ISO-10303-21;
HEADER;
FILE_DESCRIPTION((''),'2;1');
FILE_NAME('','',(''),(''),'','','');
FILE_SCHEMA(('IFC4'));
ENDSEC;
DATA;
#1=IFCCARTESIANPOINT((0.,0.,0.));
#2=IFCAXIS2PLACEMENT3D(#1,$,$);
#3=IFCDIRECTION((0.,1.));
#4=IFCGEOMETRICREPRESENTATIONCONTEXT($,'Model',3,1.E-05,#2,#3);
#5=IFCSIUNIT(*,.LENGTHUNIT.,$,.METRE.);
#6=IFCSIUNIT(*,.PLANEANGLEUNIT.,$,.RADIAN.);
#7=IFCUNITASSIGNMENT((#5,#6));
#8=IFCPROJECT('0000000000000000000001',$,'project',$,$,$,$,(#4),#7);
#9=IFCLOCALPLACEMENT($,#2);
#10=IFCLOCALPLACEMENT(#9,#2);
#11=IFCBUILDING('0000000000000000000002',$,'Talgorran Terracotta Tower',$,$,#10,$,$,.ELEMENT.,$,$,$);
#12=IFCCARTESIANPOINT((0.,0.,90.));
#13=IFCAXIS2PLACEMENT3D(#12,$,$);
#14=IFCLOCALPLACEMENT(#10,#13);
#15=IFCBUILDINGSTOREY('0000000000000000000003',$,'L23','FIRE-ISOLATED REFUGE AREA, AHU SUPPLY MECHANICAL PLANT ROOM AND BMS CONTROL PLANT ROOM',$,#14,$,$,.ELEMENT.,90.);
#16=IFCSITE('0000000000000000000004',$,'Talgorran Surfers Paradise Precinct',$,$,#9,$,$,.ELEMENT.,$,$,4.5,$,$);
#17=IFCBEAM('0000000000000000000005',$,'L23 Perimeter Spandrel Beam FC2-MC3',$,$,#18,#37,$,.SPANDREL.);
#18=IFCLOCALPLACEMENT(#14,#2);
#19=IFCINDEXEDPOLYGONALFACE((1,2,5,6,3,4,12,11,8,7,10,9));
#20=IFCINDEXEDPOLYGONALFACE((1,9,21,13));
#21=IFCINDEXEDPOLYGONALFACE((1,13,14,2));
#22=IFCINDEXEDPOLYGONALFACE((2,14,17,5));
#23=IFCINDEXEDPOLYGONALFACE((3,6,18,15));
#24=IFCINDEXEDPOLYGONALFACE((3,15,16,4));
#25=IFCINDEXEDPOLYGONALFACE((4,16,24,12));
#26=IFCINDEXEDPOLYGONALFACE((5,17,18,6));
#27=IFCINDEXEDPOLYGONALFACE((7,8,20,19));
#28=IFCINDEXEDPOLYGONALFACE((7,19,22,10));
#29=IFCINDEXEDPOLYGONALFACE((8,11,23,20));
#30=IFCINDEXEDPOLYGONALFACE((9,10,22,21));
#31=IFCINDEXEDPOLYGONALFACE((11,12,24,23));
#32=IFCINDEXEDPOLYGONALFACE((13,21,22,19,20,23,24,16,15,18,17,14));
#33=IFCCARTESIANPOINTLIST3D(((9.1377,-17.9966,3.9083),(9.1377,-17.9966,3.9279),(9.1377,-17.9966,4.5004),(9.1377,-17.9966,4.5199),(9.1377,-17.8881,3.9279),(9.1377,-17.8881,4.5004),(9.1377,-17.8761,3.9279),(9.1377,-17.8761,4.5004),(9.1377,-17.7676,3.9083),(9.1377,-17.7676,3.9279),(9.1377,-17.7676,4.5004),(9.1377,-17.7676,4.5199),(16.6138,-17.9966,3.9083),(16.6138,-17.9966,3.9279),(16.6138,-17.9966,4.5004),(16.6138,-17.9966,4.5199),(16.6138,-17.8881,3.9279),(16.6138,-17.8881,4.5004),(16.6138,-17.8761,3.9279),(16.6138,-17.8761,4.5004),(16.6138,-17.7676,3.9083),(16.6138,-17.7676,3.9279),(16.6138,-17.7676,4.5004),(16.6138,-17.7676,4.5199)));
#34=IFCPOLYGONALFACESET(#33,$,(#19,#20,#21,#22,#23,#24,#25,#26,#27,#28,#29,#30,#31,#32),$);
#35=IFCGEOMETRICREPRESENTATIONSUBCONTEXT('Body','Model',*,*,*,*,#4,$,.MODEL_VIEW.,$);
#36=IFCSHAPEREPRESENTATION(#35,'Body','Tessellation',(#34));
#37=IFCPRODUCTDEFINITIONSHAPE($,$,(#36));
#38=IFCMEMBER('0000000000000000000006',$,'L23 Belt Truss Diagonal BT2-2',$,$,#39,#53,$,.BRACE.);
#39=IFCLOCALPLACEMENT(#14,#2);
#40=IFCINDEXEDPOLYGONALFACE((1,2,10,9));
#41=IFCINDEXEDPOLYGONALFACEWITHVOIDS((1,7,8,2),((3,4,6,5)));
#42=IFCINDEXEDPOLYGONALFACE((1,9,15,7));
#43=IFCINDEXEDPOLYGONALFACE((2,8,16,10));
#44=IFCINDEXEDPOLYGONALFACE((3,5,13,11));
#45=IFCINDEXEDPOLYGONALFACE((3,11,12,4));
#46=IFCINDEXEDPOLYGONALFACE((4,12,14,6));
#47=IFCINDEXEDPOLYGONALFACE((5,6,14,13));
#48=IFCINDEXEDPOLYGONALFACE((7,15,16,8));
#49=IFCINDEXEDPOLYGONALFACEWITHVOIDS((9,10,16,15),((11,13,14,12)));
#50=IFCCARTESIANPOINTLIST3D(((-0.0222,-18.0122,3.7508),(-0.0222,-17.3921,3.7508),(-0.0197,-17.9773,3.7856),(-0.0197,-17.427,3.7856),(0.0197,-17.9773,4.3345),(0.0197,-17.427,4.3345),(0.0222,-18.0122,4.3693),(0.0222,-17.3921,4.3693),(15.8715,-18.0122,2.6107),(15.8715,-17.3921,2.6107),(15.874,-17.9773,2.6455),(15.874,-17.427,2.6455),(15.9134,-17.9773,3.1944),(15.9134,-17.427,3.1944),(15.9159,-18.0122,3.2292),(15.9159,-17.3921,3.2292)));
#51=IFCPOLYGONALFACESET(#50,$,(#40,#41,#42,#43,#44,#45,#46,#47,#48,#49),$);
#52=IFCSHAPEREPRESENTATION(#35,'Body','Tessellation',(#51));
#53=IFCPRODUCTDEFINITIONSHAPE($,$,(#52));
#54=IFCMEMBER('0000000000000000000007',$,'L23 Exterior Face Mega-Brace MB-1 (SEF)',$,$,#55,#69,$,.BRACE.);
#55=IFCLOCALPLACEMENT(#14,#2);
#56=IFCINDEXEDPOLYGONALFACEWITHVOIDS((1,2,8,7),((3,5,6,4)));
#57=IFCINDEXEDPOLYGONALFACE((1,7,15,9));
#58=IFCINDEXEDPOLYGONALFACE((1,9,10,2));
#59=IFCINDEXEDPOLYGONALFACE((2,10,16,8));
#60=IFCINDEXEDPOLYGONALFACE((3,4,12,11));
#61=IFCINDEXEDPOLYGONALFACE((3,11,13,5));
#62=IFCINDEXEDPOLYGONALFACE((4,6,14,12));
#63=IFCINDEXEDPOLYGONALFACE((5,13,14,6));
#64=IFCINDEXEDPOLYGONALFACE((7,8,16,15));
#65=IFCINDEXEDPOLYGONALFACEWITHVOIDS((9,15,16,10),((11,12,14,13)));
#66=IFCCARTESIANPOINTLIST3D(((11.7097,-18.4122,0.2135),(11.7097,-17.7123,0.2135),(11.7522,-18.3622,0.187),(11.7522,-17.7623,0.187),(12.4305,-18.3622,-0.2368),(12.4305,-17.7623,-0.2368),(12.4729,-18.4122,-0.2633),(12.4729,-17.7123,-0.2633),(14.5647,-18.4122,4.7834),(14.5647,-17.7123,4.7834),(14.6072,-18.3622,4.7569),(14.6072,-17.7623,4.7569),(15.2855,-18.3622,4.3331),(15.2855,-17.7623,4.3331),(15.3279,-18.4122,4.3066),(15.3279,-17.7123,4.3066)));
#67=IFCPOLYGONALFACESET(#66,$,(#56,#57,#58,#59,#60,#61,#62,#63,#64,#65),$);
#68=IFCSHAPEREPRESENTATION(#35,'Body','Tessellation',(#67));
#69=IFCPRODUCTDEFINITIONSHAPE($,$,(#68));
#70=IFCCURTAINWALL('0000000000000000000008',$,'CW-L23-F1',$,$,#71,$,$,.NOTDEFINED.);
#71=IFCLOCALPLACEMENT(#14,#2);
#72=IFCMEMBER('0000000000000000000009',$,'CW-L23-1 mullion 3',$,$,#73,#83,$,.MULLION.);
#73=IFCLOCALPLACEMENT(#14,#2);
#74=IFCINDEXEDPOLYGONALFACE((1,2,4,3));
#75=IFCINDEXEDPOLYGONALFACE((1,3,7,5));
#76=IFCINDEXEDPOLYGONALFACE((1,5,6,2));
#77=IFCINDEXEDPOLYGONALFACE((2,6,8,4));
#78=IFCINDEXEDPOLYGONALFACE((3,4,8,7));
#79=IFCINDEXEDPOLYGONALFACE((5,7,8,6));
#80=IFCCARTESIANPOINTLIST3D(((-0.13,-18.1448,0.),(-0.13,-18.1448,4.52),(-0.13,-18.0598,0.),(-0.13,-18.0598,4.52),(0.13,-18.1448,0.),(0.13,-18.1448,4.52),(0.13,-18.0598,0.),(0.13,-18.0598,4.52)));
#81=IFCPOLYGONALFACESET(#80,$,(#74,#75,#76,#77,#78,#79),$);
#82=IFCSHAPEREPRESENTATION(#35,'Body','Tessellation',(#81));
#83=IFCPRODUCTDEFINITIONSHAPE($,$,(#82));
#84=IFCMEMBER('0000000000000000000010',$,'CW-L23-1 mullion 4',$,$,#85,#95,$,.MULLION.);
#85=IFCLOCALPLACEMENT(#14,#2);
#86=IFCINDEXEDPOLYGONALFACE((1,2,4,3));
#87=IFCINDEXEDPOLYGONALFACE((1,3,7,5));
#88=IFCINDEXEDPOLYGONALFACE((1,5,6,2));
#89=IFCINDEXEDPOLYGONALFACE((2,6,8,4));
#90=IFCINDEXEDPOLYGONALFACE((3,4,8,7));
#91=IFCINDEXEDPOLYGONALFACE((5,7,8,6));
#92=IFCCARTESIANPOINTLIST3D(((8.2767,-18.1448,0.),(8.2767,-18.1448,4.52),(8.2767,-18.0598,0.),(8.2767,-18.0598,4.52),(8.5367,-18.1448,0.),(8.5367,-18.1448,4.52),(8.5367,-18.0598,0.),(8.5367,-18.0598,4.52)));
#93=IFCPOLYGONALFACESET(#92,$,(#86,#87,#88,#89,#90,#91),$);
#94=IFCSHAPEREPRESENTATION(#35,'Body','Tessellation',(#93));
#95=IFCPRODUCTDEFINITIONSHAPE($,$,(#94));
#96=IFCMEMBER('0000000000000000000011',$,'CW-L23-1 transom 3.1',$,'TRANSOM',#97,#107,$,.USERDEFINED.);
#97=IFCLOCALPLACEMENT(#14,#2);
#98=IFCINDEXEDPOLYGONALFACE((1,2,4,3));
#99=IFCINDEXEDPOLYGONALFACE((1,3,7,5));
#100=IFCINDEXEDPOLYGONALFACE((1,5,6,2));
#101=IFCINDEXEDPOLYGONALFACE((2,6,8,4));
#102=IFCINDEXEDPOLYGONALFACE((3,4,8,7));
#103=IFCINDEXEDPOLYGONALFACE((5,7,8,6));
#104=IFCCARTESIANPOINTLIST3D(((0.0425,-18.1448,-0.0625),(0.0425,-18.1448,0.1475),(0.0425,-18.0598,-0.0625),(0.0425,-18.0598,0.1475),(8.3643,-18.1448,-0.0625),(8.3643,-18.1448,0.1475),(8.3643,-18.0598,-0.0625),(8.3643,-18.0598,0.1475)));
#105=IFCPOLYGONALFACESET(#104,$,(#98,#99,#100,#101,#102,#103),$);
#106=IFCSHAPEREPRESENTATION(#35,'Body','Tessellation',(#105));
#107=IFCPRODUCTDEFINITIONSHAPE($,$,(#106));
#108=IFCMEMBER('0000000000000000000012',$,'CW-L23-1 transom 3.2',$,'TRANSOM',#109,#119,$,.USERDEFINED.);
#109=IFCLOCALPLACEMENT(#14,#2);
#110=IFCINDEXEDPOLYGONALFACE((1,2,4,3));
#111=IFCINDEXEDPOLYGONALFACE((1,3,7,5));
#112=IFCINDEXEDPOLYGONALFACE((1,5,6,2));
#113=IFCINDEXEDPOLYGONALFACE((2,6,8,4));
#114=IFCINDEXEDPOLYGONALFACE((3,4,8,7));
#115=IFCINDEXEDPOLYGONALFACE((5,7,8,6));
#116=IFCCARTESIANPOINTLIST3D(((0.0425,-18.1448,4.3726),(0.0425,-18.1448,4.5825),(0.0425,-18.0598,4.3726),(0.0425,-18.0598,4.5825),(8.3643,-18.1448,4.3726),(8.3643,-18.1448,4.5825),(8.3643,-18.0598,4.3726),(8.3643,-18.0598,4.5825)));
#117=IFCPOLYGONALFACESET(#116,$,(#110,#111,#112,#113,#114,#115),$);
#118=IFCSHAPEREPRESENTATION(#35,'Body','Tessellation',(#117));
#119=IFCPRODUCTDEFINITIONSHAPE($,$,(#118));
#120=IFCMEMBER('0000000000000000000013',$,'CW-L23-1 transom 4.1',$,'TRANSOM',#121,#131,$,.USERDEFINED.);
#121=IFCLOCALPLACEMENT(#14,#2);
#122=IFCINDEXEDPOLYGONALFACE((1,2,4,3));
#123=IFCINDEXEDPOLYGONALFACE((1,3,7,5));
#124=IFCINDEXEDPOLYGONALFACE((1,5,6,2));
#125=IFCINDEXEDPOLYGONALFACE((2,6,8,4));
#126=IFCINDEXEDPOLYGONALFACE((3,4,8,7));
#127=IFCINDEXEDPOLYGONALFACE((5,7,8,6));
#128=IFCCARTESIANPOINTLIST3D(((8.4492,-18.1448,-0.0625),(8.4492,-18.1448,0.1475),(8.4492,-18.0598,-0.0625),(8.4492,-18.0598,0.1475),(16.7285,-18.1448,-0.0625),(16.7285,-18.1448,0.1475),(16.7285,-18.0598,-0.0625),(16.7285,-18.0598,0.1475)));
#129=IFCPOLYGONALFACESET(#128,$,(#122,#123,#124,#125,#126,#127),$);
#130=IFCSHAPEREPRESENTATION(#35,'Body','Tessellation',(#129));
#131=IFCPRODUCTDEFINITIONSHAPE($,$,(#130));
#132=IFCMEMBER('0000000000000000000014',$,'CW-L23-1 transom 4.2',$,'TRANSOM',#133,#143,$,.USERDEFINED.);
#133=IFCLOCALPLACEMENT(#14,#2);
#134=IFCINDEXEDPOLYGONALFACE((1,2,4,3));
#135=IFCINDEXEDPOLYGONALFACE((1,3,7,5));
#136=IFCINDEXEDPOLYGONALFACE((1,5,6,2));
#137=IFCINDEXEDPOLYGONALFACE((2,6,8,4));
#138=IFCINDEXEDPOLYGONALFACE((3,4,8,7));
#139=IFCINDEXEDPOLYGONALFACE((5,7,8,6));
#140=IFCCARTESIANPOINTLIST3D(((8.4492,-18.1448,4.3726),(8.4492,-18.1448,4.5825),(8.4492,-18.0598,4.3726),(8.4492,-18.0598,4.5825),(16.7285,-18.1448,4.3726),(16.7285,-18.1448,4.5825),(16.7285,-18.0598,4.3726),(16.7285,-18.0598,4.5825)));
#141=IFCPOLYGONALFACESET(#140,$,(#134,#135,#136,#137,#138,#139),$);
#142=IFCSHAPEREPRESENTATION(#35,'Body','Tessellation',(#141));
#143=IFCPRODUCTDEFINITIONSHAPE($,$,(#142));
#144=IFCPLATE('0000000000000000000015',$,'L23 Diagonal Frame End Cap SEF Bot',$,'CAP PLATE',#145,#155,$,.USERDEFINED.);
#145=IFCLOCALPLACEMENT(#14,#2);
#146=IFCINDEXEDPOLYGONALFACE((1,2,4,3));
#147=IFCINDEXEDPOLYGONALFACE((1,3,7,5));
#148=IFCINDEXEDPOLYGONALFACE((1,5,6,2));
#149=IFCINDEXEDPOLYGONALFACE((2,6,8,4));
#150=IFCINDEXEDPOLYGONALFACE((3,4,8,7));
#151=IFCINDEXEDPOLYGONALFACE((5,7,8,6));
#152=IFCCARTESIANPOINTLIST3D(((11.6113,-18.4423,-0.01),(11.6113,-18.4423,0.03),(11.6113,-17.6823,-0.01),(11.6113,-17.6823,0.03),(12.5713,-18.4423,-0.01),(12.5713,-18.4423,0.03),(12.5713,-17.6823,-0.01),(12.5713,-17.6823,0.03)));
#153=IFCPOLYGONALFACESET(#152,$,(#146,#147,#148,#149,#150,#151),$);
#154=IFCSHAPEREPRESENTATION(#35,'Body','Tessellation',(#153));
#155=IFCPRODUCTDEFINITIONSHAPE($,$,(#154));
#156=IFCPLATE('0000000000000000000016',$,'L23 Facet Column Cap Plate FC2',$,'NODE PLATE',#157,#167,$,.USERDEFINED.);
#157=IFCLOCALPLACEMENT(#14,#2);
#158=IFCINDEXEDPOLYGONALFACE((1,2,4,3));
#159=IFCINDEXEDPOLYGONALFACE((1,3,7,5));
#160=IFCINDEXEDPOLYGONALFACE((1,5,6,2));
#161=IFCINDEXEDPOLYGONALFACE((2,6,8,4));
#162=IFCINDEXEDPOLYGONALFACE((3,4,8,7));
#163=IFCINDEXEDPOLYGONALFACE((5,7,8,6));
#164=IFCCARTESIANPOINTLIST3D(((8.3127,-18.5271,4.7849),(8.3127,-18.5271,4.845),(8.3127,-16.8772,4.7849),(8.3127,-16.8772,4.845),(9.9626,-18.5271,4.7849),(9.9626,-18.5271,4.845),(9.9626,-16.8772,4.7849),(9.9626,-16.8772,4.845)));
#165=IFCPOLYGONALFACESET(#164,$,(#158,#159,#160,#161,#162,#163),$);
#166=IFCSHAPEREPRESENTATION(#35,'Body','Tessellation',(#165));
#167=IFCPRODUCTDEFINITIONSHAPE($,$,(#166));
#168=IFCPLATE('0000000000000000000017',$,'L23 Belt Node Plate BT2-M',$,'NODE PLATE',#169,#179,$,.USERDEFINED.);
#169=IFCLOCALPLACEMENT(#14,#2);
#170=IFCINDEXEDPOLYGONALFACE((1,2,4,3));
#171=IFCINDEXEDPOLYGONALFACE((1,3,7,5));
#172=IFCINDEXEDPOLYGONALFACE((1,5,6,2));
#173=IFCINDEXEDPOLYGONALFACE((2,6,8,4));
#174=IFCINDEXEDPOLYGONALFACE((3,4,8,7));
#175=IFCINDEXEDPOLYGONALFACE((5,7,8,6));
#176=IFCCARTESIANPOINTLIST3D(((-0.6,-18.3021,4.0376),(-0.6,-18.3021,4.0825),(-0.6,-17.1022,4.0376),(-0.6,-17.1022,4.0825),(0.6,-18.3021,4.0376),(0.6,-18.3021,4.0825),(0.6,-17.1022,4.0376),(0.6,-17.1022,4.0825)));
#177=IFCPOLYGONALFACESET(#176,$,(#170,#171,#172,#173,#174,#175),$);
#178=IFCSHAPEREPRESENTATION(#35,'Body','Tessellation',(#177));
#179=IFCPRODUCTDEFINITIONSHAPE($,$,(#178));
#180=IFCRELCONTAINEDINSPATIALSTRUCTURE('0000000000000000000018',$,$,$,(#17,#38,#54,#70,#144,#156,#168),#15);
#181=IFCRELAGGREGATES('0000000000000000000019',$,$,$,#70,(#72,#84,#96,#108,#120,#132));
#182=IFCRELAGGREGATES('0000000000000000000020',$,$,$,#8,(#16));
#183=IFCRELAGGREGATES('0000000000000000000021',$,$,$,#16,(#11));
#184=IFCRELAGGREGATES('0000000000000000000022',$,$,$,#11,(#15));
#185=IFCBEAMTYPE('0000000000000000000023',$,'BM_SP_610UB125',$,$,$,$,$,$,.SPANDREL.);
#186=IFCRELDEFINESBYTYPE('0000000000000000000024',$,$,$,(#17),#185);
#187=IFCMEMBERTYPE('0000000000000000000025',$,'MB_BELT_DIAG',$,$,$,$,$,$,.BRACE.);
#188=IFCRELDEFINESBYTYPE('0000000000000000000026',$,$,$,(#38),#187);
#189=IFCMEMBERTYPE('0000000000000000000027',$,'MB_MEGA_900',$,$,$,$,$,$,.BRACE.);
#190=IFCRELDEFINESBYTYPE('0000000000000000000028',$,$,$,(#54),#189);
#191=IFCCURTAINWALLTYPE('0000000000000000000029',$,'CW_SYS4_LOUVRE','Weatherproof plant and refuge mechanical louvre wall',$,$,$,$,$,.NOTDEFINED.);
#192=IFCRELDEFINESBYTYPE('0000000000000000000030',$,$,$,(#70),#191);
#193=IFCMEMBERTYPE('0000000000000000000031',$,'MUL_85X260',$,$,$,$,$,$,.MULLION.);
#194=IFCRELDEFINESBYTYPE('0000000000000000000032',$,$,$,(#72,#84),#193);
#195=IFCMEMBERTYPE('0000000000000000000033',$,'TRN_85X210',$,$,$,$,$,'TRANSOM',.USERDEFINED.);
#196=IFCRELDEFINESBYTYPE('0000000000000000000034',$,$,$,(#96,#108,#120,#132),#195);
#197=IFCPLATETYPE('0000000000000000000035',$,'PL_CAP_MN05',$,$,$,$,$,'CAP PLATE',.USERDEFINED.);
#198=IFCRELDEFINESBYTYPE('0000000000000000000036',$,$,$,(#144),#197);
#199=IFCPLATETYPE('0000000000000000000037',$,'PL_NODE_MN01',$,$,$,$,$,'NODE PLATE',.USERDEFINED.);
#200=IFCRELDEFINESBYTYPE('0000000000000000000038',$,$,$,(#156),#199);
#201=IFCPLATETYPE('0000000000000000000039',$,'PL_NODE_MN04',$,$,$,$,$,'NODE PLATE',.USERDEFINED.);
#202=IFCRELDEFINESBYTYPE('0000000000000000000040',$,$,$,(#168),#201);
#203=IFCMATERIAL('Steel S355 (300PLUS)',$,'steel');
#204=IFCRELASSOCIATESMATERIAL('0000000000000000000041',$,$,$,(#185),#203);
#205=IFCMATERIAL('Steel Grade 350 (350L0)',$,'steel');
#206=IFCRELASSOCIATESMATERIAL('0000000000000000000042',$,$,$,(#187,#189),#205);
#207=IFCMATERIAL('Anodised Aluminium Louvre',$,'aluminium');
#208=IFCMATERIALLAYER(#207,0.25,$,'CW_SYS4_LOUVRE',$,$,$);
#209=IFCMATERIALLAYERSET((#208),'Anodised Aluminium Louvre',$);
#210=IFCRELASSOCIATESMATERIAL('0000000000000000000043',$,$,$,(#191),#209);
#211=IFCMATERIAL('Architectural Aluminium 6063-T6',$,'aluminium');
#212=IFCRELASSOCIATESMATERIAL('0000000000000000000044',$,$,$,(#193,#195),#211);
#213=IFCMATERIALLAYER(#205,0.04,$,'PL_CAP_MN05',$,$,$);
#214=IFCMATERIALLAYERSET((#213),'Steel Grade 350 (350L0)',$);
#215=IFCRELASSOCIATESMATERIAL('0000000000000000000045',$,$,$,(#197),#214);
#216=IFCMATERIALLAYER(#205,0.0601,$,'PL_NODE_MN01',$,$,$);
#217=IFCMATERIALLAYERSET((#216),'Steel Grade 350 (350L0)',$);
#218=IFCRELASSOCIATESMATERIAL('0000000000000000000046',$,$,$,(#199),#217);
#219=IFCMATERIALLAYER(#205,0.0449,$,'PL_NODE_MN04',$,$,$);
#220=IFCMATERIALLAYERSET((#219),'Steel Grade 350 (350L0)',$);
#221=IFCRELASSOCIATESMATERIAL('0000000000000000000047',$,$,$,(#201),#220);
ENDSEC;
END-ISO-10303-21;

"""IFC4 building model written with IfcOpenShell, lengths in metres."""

from ifc_helpers import new_model, si_unit, direction, frame, origin, origin_2d, place, context, subcontext, project, spatial, rectangle, hollow_rectangle, i_section, extrude, material, layer, layer_set, material_profile, profile_set, type_object, element, aggregate, save


model = new_model("IFC4")

# Units and contexts
model_context = context("Model", 3, precision=1e-05, world=origin(), true_north=direction((0.0, 1.0)))
body_context = subcontext(model_context, "Body", "Model", "MODEL_VIEW")
ifc_project = project(units=[si_unit("LENGTHUNIT", "METRE"), si_unit("PLANEANGLEUNIT", "RADIAN")], contexts=[model_context])

# Site, building, storey
site_placement = place(None, origin())
site = spatial("IfcSite", under=ifc_project, at=site_placement, Name="Talgorran Surfers Paradise Precinct", CompositionType="ELEMENT", RefElevation=4.5)
building_placement = place(site_placement, origin())
building = spatial("IfcBuilding", under=site, at=building_placement, Name="Talgorran Terracotta Tower", CompositionType="ELEMENT")
storey_placement = place(building_placement, frame((0.0, 0.0, 90.0)))
storey = spatial("IfcBuildingStorey", under=building, at=storey_placement, Name="L23", Description="FIRE-ISOLATED REFUGE AREA, AHU SUPPLY MECHANICAL PLANT ROOM AND BMS CONTROL PLANT ROOM", CompositionType="ELEMENT", Elevation=90.0)

# Shared definitions
ifc_material_1 = material(Name="Steel S355 (300PLUS)", Category="steel")
ifc_material_2 = material(Name="Steel Grade 350 (350L0)", Category="steel")

# Beam
ifc_material_profile_1 = material_profile(ifc_material_1, i_section(OverallWidth=0.229, OverallDepth=0.6116, WebThickness=0.012, FlangeThickness=0.0195, at=origin_2d()), Name="610UB125")
ifc_profile_set_1 = profile_set([ifc_material_profile_1], Name="Steel S355 (300PLUS)")
beam_type_1 = type_object("IfcBeamType", Name="BM_SP_610UB125", PredefinedType="SPANDREL", material=ifc_profile_set_1)
beam_1_placement = place(storey_placement, frame((9.1377, -17.8821, 4.2141), z_axis=(1.0, 0.0, 0.0), x_axis=(0.0, 1.0, 0.0)))
element("IfcBeam", 1, at=beam_1_placement, inside=storey, type_object=beam_type_1, Name="L23 Perimeter Spandrel Beam FC2-MC3", PredefinedType="SPANDREL", context=body_context, shape_type="SweptSolid", body=[
    extrude(i_section(OverallWidth=0.229, OverallDepth=0.6116, WebThickness=0.012, FlangeThickness=0.0195, at=origin_2d()), origin(), (0.0, 0.0, 1.0), 7.4761),
])

# Members
ifc_material_profile_2 = material_profile(ifc_material_2, hollow_rectangle(XDim=0.6201, YDim=0.6201, WallThickness=0.0349, at=origin_2d()), Name="WBOX620X620X35")
ifc_profile_set_2 = profile_set([ifc_material_profile_2], Name="Steel Grade 350 (350L0)")
member_type_1 = type_object("IfcMemberType", Name="MB_BELT_DIAG", PredefinedType="BRACE", material=ifc_profile_set_2)
member_1_placement = place(storey_placement, frame((0.0, -17.7021, 4.0601), z_axis=(0.997437, 0.0, -0.071551), x_axis=(0.0, 1.0, 0.0)))
element("IfcMember", 2, at=member_1_placement, inside=storey, type_object=member_type_1, Name="L23 Belt Truss Diagonal BT2-2", PredefinedType="BRACE", context=body_context, shape_type="SweptSolid", body=[
    extrude(hollow_rectangle(XDim=0.6201, YDim=0.6201, WallThickness=0.0349, at=origin_2d()), origin(), (0.0, 0.0, 1.0), 15.9346),
])
ifc_material_profile_3 = material_profile(ifc_material_2, hollow_rectangle(XDim=0.7, YDim=0.8999, WallThickness=0.05, at=origin_2d()), Name="WBOX900X700X50")
ifc_profile_set_3 = profile_set([ifc_material_profile_3], Name="Steel Grade 350 (350L0)")
member_type_2 = type_object("IfcMemberType", Name="MB_MEGA_900", PredefinedType="BRACE", material=ifc_profile_set_3)
member_2_placement = place(storey_placement, frame((12.0913, -18.0623, -0.0249), z_axis=(0.529844, 0.0, 0.848095), x_axis=(0.0, 1.0, 0.0)))
element("IfcMember", 3, at=member_2_placement, inside=storey, type_object=member_type_2, Name="L23 Exterior Face Mega-Brace MB-1 (SEF)", PredefinedType="BRACE", context=body_context, shape_type="SweptSolid", body=[
    extrude(hollow_rectangle(XDim=0.7, YDim=0.8999, WallThickness=0.05, at=origin_2d()), origin(), (0.0, 0.0, 1.0), 5.3884),
])

# Curtain wall, members
ifc_material_3 = material(Name="Anodised Aluminium Louvre", Category="aluminium")
ifc_layer_1 = layer(ifc_material_3, 0.25, Name="CW_SYS4_LOUVRE")
ifc_layer_set_1 = layer_set([ifc_layer_1], Name="Anodised Aluminium Louvre")
curtain_wall_type = type_object("IfcCurtainWallType", Name="CW_SYS4_LOUVRE", Description="Weatherproof plant and refuge mechanical louvre wall", PredefinedType="NOTDEFINED", material=ifc_layer_set_1)
curtain_wall_placement = place(storey_placement, origin())
curtain_wall = element("IfcCurtainWall", 4, at=curtain_wall_placement, inside=storey, type_object=curtain_wall_type, Name="CW-L23-F1", PredefinedType="NOTDEFINED")
ifc_material_4 = material(Name="Architectural Aluminium 6063-T6", Category="aluminium")
ifc_material_profile_4 = material_profile(ifc_material_4, rectangle(XDim=0.085, YDim=0.26, at=origin_2d()), Name="CWM85X260")
ifc_profile_set_4 = profile_set([ifc_material_profile_4], Name="Architectural Aluminium 6063-T6")
member_type_3 = type_object("IfcMemberType", Name="MUL_85X260", PredefinedType="MULLION", material=ifc_profile_set_4)
member_3_placement = place(storey_placement, frame((0.0, -18.1023, 0.0), z_axis=(0.0, 0.0, 1.0), x_axis=(0.0, 1.0, 0.0)))
member_3 = element("IfcMember", 5, at=member_3_placement, type_object=member_type_3, Name="CW-L23-1 mullion 3", PredefinedType="MULLION", context=body_context, shape_type="SweptSolid", body=[
    extrude(rectangle(XDim=0.085, YDim=0.26, at=origin_2d()), origin(), (0.0, 0.0, 1.0), 4.52),
])
member_4_placement = place(storey_placement, frame((8.4067, -18.1023, 0.0), z_axis=(0.0, 0.0, 1.0), x_axis=(0.0, 1.0, 0.0)))
member_4 = element("IfcMember", 6, at=member_4_placement, type_object=member_type_3, Name="CW-L23-1 mullion 4", PredefinedType="MULLION", context=body_context, shape_type="SweptSolid", body=[
    extrude(rectangle(XDim=0.085, YDim=0.26, at=origin_2d()), origin(), (0.0, 0.0, 1.0), 4.52),
])
ifc_material_profile_5 = material_profile(ifc_material_4, rectangle(XDim=0.085, YDim=0.21, at=origin_2d()), Name="CWT85X210")
ifc_profile_set_5 = profile_set([ifc_material_profile_5], Name="Architectural Aluminium 6063-T6")
member_type_4 = type_object("IfcMemberType", Name="TRN_85X210", ElementType="TRANSOM", PredefinedType="USERDEFINED", material=ifc_profile_set_5)
member_5_placement = place(storey_placement, frame((0.0425, -18.1023, 0.0425), z_axis=(1.0, 0.0, 0.0), x_axis=(0.0, 1.0, 0.0)))
member_5 = element("IfcMember", 7, at=member_5_placement, type_object=member_type_4, Name="CW-L23-1 transom 3.1", ObjectType="TRANSOM", PredefinedType="USERDEFINED", context=body_context, shape_type="SweptSolid", body=[
    extrude(rectangle(XDim=0.085, YDim=0.21, at=origin_2d()), origin(), (0.0, 0.0, 1.0), 8.3218),
])
member_6_placement = place(storey_placement, frame((0.0425, -18.1023, 4.4775), z_axis=(1.0, 0.0, 0.0), x_axis=(0.0, 1.0, 0.0)))
member_6 = element("IfcMember", 8, at=member_6_placement, type_object=member_type_4, Name="CW-L23-1 transom 3.2", ObjectType="TRANSOM", PredefinedType="USERDEFINED", context=body_context, shape_type="SweptSolid", body=[
    extrude(rectangle(XDim=0.085, YDim=0.21, at=origin_2d()), origin(), (0.0, 0.0, 1.0), 8.3218),
])
member_7_placement = place(storey_placement, frame((8.4492, -18.1023, 0.0425), z_axis=(1.0, 0.0, 0.0), x_axis=(0.0, 1.0, 0.0)))
member_7 = element("IfcMember", 9, at=member_7_placement, type_object=member_type_4, Name="CW-L23-1 transom 4.1", ObjectType="TRANSOM", PredefinedType="USERDEFINED", context=body_context, shape_type="SweptSolid", body=[
    extrude(rectangle(XDim=0.085, YDim=0.21, at=origin_2d()), origin(), (0.0, 0.0, 1.0), 8.2793),
])
member_8_placement = place(storey_placement, frame((8.4492, -18.1023, 4.4775), z_axis=(1.0, 0.0, 0.0), x_axis=(0.0, 1.0, 0.0)))
member_8 = element("IfcMember", 10, at=member_8_placement, type_object=member_type_4, Name="CW-L23-1 transom 4.2", ObjectType="TRANSOM", PredefinedType="USERDEFINED", context=body_context, shape_type="SweptSolid", body=[
    extrude(rectangle(XDim=0.085, YDim=0.21, at=origin_2d()), origin(), (0.0, 0.0, 1.0), 8.2793),
])

# Plates
ifc_layer_2 = layer(ifc_material_2, 0.04, Name="PL_CAP_MN05")
ifc_layer_set_2 = layer_set([ifc_layer_2], Name="Steel Grade 350 (350L0)")
plate_type_1 = type_object("IfcPlateType", Name="PL_CAP_MN05", ElementType="CAP PLATE", PredefinedType="USERDEFINED", material=ifc_layer_set_2)
plate_1_placement = place(storey_placement, frame((12.0913, -18.0623, -0.01), z_axis=(0.0, 0.0, 1.0), x_axis=(1.0, 0.0, 0.0)))
element("IfcPlate", 11, at=plate_1_placement, inside=storey, type_object=plate_type_1, Name="L23 Diagonal Frame End Cap SEF Bot", ObjectType="CAP PLATE", PredefinedType="USERDEFINED", context=body_context, shape_type="SweptSolid", body=[
    extrude(rectangle(XDim=0.96, YDim=0.76, at=origin_2d()), origin(), (0.0, 0.0, 1.0), 0.04),
])
ifc_layer_3 = layer(ifc_material_2, 0.0601, Name="PL_NODE_MN01")
ifc_layer_set_3 = layer_set([ifc_layer_3], Name="Steel Grade 350 (350L0)")
plate_type_2 = type_object("IfcPlateType", Name="PL_NODE_MN01", ElementType="NODE PLATE", PredefinedType="USERDEFINED", material=ifc_layer_set_3)
plate_2_placement = place(storey_placement, frame((9.1377, -17.7021, 4.7849), z_axis=(0.0, 0.0, 1.0), x_axis=(1.0, 0.0, 0.0)))
element("IfcPlate", 12, at=plate_2_placement, inside=storey, type_object=plate_type_2, Name="L23 Facet Column Cap Plate FC2", ObjectType="NODE PLATE", PredefinedType="USERDEFINED", context=body_context, shape_type="SweptSolid", body=[
    extrude(rectangle(XDim=1.6499, YDim=1.6499, at=origin_2d()), origin(), (0.0, 0.0, 1.0), 0.0601),
])
ifc_layer_4 = layer(ifc_material_2, 0.0449, Name="PL_NODE_MN04")
ifc_layer_set_4 = layer_set([ifc_layer_4], Name="Steel Grade 350 (350L0)")
plate_type_3 = type_object("IfcPlateType", Name="PL_NODE_MN04", ElementType="NODE PLATE", PredefinedType="USERDEFINED", material=ifc_layer_set_4)
plate_3_placement = place(storey_placement, frame((0.0, -17.7021, 4.0376), z_axis=(0.0, 0.0, 1.0), x_axis=(1.0, 0.0, 0.0)))
element("IfcPlate", 13, at=plate_3_placement, inside=storey, type_object=plate_type_3, Name="L23 Belt Node Plate BT2-M", ObjectType="NODE PLATE", PredefinedType="USERDEFINED", context=body_context, shape_type="SweptSolid", body=[
    extrude(rectangle(XDim=1.2, YDim=1.2, at=origin_2d()), origin(), (0.0, 0.0, 1.0), 0.0449),
])

aggregate(curtain_wall, [member_3, member_4, member_5, member_6, member_7, member_8])

save(model, "model.ifc")
